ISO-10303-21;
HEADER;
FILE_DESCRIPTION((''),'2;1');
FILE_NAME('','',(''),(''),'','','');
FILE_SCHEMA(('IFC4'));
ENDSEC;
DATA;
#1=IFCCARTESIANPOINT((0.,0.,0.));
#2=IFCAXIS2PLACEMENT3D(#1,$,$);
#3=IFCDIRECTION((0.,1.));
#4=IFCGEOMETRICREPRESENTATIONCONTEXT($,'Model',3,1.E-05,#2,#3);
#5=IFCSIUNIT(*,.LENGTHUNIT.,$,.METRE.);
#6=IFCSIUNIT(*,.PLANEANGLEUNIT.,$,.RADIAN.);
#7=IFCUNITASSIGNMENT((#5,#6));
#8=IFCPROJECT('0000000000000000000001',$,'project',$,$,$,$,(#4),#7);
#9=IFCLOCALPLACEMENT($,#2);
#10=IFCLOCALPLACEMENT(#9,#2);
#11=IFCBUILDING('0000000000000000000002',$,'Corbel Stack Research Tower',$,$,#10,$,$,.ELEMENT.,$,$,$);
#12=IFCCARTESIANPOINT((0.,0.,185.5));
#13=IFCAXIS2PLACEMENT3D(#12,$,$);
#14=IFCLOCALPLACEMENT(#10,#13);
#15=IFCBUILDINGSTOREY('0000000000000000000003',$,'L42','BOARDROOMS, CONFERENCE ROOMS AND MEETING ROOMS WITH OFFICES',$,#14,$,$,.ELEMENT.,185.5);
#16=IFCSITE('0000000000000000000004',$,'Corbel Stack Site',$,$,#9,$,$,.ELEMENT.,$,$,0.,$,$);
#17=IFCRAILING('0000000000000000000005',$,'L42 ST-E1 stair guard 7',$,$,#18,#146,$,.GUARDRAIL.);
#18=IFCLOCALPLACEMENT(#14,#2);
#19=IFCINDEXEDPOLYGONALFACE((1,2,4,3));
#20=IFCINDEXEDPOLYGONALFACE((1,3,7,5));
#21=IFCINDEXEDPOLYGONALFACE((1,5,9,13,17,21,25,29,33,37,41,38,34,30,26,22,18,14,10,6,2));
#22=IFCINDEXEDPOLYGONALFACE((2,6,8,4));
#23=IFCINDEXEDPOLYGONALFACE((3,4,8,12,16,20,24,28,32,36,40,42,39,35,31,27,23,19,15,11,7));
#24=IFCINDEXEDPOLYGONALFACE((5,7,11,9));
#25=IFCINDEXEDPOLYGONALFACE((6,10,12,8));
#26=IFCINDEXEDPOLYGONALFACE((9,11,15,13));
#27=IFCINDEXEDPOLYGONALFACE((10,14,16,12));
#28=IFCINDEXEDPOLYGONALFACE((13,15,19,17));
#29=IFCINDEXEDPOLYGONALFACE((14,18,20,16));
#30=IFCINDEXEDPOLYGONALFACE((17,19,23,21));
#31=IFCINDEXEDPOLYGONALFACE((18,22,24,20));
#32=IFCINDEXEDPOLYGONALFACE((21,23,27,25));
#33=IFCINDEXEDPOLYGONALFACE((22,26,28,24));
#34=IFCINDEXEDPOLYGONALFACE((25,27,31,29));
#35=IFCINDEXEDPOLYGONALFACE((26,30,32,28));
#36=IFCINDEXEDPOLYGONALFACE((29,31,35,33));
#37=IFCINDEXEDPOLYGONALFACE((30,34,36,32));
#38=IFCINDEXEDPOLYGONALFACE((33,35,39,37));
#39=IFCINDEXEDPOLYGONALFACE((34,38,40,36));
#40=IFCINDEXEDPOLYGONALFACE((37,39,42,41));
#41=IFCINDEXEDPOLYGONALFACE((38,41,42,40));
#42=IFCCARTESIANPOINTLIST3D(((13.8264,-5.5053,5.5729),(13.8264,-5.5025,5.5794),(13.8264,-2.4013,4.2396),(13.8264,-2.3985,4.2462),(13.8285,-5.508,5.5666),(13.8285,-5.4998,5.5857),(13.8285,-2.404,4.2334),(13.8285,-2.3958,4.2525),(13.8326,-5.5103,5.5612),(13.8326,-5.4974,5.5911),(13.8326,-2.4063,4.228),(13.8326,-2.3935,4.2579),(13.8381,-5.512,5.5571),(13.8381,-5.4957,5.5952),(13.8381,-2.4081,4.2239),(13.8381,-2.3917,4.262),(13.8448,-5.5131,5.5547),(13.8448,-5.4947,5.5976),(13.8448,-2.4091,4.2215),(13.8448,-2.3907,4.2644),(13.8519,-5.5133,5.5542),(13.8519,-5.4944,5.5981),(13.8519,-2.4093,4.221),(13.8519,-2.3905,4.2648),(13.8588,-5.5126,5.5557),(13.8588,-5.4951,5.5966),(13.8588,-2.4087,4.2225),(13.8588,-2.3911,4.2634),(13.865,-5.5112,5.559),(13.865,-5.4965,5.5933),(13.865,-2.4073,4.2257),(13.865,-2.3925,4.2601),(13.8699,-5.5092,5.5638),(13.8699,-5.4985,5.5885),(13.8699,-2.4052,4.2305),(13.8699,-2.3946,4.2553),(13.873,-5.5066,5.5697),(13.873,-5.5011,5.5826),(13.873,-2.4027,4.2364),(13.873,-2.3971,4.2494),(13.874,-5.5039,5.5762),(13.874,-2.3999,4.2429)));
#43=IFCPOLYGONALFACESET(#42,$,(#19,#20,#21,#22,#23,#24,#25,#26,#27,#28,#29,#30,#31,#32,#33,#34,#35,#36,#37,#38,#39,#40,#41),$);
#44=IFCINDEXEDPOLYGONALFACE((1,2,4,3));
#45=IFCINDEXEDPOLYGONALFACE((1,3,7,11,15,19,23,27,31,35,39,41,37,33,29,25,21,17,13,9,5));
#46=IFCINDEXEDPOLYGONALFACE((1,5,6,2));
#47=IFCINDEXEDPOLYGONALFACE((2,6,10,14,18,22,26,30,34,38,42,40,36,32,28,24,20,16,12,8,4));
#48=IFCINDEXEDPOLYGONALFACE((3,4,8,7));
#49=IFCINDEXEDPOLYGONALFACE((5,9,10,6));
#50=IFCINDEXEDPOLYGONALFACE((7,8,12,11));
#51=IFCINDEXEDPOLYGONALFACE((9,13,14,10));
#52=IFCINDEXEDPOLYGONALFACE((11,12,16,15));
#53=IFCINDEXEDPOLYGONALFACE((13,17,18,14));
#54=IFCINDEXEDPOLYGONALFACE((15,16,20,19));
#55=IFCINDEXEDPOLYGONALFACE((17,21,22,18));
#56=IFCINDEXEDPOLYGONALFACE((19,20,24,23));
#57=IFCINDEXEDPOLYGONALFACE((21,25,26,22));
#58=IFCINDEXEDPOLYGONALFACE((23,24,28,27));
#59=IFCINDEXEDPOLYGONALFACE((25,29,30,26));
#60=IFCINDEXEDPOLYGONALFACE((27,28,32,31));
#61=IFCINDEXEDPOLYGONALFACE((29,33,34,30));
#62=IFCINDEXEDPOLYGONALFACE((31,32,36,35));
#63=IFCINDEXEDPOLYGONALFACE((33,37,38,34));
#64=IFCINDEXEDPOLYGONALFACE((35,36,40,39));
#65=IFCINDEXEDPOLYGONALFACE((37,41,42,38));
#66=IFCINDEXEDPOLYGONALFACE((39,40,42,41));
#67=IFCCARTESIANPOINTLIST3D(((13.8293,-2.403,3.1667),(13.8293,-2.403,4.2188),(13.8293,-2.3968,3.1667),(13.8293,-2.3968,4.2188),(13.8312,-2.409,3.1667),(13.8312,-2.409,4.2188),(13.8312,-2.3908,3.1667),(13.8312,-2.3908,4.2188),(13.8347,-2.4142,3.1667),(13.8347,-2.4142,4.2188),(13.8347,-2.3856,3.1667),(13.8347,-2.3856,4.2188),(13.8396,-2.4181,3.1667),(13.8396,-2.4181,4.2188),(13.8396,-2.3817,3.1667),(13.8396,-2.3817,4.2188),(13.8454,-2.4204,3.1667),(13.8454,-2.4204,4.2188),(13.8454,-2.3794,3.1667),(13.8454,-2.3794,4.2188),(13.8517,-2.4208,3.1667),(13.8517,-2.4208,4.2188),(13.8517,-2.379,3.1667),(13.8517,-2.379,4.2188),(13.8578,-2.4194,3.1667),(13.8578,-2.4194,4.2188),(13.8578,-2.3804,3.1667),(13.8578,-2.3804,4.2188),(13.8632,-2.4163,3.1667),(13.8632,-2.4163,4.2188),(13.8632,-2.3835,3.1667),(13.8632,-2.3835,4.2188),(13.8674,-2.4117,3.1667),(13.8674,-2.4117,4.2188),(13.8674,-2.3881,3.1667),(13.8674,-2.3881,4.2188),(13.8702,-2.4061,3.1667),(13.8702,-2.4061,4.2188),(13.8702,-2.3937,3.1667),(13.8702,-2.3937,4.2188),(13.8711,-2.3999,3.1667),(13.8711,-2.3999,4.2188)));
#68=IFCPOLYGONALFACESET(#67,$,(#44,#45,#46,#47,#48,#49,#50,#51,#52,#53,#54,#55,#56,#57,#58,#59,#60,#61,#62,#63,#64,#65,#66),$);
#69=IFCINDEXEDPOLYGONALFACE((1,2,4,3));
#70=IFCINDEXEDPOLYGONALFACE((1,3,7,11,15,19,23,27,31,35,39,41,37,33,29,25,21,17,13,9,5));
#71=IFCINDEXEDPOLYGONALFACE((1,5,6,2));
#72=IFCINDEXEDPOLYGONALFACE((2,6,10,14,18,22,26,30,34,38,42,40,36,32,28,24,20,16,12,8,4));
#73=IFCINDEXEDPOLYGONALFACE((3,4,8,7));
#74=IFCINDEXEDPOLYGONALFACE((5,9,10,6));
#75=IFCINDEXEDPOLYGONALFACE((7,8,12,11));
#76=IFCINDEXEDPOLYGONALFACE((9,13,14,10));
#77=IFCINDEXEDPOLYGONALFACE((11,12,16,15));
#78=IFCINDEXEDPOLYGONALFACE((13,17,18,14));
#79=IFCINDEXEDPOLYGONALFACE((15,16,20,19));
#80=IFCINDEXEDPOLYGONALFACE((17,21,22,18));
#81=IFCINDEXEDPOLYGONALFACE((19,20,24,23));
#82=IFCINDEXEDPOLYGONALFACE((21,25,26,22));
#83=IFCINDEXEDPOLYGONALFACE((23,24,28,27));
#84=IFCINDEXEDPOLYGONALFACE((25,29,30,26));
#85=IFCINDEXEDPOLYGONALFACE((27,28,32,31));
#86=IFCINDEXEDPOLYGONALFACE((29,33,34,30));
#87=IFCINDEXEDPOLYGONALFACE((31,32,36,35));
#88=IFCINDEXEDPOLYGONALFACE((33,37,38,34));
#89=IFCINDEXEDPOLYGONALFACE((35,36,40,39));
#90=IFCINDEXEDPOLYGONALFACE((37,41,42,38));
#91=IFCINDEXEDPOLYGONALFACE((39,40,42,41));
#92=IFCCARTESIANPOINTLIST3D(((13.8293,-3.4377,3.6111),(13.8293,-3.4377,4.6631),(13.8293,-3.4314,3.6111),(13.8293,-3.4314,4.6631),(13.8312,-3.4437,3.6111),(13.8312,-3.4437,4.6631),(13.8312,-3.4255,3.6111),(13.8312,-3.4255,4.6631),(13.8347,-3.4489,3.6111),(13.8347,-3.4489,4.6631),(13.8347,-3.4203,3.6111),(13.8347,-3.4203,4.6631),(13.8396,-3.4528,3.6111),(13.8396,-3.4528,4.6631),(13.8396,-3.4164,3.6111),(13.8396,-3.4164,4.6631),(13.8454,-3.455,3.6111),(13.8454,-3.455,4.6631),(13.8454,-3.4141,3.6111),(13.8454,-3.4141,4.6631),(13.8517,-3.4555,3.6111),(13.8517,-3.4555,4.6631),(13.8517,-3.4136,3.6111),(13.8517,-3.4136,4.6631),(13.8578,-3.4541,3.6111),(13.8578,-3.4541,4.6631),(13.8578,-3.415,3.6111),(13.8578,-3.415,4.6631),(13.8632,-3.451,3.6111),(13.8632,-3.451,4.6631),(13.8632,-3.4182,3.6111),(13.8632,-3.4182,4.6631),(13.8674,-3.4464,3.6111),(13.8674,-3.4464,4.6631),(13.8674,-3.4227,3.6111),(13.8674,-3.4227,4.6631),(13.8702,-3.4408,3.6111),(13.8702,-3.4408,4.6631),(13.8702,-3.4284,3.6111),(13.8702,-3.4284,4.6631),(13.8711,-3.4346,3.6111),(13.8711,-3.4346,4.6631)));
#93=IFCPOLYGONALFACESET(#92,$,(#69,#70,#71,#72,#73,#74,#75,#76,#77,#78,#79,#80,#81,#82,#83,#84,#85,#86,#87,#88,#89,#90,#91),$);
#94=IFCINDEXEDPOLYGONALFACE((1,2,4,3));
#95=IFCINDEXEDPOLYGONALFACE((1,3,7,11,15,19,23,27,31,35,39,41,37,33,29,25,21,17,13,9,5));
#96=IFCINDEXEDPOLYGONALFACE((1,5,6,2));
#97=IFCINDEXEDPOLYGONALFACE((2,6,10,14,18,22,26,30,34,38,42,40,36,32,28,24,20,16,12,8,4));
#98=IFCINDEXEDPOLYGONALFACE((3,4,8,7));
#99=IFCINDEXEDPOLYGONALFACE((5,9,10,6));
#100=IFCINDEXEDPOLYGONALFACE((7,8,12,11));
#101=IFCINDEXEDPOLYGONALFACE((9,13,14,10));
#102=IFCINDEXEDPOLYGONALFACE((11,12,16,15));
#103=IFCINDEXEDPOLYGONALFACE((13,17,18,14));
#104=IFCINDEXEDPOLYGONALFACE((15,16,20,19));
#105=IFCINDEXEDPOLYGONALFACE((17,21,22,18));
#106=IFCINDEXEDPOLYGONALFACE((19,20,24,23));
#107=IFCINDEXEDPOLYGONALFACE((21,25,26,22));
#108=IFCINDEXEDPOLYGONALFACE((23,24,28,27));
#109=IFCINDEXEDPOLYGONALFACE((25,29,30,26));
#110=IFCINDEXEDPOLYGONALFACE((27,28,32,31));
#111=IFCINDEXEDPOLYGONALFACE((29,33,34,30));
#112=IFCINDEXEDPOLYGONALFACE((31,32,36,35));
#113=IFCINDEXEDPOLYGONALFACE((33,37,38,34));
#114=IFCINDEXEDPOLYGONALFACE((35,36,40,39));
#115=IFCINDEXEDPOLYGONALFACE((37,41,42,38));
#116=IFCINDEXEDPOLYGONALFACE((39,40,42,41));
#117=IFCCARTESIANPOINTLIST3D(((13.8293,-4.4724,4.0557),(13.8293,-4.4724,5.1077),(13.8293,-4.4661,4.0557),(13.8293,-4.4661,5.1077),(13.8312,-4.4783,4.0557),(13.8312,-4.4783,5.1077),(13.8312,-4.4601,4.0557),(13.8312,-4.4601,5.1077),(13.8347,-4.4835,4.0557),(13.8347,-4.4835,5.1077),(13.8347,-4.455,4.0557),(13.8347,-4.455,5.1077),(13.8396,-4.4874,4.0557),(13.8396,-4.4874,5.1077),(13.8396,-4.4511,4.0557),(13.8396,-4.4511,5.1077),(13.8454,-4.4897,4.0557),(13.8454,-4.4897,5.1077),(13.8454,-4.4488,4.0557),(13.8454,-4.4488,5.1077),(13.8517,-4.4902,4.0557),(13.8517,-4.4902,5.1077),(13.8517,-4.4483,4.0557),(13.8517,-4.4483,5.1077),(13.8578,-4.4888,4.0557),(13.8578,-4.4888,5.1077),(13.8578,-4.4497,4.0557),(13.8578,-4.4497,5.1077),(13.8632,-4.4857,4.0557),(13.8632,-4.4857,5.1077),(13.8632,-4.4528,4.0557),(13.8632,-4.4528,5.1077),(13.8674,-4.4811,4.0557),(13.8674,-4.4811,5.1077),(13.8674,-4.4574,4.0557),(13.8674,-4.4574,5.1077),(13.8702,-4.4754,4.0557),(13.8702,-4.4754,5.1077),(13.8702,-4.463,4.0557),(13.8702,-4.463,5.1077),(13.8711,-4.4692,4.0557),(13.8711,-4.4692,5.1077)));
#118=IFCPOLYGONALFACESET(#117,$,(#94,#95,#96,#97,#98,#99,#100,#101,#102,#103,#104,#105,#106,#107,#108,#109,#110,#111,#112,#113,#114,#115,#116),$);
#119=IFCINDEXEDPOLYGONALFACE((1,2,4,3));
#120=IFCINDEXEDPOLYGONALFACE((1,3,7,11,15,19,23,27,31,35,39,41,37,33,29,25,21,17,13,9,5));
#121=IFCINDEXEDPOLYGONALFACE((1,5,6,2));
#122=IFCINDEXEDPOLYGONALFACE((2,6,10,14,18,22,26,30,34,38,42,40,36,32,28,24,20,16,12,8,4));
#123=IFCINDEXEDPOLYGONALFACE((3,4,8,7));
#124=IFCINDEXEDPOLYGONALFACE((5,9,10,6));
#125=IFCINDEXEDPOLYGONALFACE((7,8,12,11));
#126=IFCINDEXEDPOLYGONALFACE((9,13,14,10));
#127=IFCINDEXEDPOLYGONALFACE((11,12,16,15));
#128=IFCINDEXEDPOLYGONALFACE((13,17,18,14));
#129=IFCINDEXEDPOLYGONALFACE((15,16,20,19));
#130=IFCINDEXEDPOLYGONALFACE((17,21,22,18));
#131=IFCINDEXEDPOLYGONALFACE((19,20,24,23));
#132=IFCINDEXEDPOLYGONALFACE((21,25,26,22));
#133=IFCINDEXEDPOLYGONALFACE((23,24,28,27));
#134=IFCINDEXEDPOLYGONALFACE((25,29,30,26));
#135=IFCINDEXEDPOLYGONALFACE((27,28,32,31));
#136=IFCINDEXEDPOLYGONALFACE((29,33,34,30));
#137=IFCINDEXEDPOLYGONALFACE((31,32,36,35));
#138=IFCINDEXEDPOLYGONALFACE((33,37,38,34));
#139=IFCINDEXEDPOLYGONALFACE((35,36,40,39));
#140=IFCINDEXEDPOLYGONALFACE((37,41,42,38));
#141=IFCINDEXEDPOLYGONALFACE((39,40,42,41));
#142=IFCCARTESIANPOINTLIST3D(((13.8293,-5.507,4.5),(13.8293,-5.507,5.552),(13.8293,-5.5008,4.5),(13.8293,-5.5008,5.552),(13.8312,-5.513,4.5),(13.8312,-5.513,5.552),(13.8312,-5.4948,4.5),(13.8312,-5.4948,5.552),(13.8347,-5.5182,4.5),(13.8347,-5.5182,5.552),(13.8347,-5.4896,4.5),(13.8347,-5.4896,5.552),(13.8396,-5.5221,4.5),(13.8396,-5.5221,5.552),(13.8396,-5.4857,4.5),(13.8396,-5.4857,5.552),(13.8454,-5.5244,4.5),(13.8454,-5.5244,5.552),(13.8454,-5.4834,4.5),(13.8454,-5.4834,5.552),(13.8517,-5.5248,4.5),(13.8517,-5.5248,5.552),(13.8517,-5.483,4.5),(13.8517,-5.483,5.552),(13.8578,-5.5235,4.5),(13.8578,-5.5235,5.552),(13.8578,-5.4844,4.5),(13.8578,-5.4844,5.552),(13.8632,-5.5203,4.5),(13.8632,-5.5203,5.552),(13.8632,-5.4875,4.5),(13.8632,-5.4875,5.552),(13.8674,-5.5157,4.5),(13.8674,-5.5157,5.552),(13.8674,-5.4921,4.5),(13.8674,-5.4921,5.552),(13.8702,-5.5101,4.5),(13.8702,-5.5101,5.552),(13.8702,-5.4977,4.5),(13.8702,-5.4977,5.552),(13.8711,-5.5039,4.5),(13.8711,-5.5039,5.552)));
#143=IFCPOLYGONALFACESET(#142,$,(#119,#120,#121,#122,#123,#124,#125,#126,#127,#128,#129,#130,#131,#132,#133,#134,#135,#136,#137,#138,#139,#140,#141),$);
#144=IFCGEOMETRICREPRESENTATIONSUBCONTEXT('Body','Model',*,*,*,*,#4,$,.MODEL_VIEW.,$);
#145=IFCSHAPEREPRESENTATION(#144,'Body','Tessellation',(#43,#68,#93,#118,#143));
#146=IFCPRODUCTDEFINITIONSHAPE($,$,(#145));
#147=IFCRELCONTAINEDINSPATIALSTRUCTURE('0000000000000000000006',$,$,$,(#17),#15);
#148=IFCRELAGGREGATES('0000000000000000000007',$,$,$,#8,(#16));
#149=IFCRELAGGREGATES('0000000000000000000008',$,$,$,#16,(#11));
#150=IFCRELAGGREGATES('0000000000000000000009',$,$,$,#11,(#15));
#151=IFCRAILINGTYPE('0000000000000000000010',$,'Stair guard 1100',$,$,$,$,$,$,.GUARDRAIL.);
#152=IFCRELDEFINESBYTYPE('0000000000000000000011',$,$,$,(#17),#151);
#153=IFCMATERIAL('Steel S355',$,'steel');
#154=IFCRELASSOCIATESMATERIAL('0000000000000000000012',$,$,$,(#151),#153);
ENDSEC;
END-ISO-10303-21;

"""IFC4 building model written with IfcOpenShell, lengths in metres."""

from ifc_helpers import new_model, si_unit, direction, frame, origin, origin_2d, place, context, subcontext, project, spatial, circle, extrude, material, type_object, element, save


model = new_model("IFC4")

# Units and contexts
model_context = context("Model", 3, precision=1e-05, world=origin(), true_north=direction((0.0, 1.0)))
body_context = subcontext(model_context, "Body", "Model", "MODEL_VIEW")
ifc_project = project(units=[si_unit("LENGTHUNIT", "METRE"), si_unit("PLANEANGLEUNIT", "RADIAN")], contexts=[model_context])

# Site, building, storey
site_placement = place(None, origin())
site = spatial("IfcSite", under=ifc_project, at=site_placement, Name="Corbel Stack Site", CompositionType="ELEMENT", RefElevation=0.0)
building_placement = place(site_placement, origin())
building = spatial("IfcBuilding", under=site, at=building_placement, Name="Corbel Stack Research Tower", CompositionType="ELEMENT")
storey_placement = place(building_placement, frame((0.0, 0.0, 185.5)))
storey = spatial("IfcBuildingStorey", under=building, at=storey_placement, Name="L42", Description="BOARDROOMS, CONFERENCE ROOMS AND MEETING ROOMS WITH OFFICES", CompositionType="ELEMENT", Elevation=185.5)

# Railing
ifc_material_1 = material(Name="Steel S355", Category="steel")
railing_type_1 = type_object("IfcRailingType", Name="Stair guard 1100", PredefinedType="GUARDRAIL", material=ifc_material_1)
railing_1_placement = place(storey_placement, frame((13.8501, -2.3999, 3.1667)))
element("IfcRailing", 1, at=railing_1_placement, inside=storey, type_object=railing_type_1, Name="L42 ST-E1 stair guard 7", PredefinedType="GUARDRAIL", context=body_context, shape_type="SweptSolid", body=[
    extrude(circle(Radius=0.0239, at=origin_2d()), frame((0.0, 0.0, 1.0762), z_axis=(0.0, -0.918827, 0.394661), x_axis=(1.0, 0.0, 0.0)), (0.0, 0.0, 1.0), 3.3782),
    extrude(circle(Radius=0.021, at=origin_2d()), origin(), (0.0, 0.0, 1.0), 1.052),
    extrude(circle(Radius=0.021, at=origin_2d()), frame((0.0, -1.0347, 0.4443)), (0.0, 0.0, 1.0), 1.052),
    extrude(circle(Radius=0.021, at=origin_2d()), frame((0.0, -2.0693, 0.8889)), (0.0, 0.0, 1.0), 1.052),
    extrude(circle(Radius=0.021, at=origin_2d()), frame((0.0, -3.104, 1.3333)), (0.0, 0.0, 1.0), 1.052),
])

save(model, "model.ifc")
